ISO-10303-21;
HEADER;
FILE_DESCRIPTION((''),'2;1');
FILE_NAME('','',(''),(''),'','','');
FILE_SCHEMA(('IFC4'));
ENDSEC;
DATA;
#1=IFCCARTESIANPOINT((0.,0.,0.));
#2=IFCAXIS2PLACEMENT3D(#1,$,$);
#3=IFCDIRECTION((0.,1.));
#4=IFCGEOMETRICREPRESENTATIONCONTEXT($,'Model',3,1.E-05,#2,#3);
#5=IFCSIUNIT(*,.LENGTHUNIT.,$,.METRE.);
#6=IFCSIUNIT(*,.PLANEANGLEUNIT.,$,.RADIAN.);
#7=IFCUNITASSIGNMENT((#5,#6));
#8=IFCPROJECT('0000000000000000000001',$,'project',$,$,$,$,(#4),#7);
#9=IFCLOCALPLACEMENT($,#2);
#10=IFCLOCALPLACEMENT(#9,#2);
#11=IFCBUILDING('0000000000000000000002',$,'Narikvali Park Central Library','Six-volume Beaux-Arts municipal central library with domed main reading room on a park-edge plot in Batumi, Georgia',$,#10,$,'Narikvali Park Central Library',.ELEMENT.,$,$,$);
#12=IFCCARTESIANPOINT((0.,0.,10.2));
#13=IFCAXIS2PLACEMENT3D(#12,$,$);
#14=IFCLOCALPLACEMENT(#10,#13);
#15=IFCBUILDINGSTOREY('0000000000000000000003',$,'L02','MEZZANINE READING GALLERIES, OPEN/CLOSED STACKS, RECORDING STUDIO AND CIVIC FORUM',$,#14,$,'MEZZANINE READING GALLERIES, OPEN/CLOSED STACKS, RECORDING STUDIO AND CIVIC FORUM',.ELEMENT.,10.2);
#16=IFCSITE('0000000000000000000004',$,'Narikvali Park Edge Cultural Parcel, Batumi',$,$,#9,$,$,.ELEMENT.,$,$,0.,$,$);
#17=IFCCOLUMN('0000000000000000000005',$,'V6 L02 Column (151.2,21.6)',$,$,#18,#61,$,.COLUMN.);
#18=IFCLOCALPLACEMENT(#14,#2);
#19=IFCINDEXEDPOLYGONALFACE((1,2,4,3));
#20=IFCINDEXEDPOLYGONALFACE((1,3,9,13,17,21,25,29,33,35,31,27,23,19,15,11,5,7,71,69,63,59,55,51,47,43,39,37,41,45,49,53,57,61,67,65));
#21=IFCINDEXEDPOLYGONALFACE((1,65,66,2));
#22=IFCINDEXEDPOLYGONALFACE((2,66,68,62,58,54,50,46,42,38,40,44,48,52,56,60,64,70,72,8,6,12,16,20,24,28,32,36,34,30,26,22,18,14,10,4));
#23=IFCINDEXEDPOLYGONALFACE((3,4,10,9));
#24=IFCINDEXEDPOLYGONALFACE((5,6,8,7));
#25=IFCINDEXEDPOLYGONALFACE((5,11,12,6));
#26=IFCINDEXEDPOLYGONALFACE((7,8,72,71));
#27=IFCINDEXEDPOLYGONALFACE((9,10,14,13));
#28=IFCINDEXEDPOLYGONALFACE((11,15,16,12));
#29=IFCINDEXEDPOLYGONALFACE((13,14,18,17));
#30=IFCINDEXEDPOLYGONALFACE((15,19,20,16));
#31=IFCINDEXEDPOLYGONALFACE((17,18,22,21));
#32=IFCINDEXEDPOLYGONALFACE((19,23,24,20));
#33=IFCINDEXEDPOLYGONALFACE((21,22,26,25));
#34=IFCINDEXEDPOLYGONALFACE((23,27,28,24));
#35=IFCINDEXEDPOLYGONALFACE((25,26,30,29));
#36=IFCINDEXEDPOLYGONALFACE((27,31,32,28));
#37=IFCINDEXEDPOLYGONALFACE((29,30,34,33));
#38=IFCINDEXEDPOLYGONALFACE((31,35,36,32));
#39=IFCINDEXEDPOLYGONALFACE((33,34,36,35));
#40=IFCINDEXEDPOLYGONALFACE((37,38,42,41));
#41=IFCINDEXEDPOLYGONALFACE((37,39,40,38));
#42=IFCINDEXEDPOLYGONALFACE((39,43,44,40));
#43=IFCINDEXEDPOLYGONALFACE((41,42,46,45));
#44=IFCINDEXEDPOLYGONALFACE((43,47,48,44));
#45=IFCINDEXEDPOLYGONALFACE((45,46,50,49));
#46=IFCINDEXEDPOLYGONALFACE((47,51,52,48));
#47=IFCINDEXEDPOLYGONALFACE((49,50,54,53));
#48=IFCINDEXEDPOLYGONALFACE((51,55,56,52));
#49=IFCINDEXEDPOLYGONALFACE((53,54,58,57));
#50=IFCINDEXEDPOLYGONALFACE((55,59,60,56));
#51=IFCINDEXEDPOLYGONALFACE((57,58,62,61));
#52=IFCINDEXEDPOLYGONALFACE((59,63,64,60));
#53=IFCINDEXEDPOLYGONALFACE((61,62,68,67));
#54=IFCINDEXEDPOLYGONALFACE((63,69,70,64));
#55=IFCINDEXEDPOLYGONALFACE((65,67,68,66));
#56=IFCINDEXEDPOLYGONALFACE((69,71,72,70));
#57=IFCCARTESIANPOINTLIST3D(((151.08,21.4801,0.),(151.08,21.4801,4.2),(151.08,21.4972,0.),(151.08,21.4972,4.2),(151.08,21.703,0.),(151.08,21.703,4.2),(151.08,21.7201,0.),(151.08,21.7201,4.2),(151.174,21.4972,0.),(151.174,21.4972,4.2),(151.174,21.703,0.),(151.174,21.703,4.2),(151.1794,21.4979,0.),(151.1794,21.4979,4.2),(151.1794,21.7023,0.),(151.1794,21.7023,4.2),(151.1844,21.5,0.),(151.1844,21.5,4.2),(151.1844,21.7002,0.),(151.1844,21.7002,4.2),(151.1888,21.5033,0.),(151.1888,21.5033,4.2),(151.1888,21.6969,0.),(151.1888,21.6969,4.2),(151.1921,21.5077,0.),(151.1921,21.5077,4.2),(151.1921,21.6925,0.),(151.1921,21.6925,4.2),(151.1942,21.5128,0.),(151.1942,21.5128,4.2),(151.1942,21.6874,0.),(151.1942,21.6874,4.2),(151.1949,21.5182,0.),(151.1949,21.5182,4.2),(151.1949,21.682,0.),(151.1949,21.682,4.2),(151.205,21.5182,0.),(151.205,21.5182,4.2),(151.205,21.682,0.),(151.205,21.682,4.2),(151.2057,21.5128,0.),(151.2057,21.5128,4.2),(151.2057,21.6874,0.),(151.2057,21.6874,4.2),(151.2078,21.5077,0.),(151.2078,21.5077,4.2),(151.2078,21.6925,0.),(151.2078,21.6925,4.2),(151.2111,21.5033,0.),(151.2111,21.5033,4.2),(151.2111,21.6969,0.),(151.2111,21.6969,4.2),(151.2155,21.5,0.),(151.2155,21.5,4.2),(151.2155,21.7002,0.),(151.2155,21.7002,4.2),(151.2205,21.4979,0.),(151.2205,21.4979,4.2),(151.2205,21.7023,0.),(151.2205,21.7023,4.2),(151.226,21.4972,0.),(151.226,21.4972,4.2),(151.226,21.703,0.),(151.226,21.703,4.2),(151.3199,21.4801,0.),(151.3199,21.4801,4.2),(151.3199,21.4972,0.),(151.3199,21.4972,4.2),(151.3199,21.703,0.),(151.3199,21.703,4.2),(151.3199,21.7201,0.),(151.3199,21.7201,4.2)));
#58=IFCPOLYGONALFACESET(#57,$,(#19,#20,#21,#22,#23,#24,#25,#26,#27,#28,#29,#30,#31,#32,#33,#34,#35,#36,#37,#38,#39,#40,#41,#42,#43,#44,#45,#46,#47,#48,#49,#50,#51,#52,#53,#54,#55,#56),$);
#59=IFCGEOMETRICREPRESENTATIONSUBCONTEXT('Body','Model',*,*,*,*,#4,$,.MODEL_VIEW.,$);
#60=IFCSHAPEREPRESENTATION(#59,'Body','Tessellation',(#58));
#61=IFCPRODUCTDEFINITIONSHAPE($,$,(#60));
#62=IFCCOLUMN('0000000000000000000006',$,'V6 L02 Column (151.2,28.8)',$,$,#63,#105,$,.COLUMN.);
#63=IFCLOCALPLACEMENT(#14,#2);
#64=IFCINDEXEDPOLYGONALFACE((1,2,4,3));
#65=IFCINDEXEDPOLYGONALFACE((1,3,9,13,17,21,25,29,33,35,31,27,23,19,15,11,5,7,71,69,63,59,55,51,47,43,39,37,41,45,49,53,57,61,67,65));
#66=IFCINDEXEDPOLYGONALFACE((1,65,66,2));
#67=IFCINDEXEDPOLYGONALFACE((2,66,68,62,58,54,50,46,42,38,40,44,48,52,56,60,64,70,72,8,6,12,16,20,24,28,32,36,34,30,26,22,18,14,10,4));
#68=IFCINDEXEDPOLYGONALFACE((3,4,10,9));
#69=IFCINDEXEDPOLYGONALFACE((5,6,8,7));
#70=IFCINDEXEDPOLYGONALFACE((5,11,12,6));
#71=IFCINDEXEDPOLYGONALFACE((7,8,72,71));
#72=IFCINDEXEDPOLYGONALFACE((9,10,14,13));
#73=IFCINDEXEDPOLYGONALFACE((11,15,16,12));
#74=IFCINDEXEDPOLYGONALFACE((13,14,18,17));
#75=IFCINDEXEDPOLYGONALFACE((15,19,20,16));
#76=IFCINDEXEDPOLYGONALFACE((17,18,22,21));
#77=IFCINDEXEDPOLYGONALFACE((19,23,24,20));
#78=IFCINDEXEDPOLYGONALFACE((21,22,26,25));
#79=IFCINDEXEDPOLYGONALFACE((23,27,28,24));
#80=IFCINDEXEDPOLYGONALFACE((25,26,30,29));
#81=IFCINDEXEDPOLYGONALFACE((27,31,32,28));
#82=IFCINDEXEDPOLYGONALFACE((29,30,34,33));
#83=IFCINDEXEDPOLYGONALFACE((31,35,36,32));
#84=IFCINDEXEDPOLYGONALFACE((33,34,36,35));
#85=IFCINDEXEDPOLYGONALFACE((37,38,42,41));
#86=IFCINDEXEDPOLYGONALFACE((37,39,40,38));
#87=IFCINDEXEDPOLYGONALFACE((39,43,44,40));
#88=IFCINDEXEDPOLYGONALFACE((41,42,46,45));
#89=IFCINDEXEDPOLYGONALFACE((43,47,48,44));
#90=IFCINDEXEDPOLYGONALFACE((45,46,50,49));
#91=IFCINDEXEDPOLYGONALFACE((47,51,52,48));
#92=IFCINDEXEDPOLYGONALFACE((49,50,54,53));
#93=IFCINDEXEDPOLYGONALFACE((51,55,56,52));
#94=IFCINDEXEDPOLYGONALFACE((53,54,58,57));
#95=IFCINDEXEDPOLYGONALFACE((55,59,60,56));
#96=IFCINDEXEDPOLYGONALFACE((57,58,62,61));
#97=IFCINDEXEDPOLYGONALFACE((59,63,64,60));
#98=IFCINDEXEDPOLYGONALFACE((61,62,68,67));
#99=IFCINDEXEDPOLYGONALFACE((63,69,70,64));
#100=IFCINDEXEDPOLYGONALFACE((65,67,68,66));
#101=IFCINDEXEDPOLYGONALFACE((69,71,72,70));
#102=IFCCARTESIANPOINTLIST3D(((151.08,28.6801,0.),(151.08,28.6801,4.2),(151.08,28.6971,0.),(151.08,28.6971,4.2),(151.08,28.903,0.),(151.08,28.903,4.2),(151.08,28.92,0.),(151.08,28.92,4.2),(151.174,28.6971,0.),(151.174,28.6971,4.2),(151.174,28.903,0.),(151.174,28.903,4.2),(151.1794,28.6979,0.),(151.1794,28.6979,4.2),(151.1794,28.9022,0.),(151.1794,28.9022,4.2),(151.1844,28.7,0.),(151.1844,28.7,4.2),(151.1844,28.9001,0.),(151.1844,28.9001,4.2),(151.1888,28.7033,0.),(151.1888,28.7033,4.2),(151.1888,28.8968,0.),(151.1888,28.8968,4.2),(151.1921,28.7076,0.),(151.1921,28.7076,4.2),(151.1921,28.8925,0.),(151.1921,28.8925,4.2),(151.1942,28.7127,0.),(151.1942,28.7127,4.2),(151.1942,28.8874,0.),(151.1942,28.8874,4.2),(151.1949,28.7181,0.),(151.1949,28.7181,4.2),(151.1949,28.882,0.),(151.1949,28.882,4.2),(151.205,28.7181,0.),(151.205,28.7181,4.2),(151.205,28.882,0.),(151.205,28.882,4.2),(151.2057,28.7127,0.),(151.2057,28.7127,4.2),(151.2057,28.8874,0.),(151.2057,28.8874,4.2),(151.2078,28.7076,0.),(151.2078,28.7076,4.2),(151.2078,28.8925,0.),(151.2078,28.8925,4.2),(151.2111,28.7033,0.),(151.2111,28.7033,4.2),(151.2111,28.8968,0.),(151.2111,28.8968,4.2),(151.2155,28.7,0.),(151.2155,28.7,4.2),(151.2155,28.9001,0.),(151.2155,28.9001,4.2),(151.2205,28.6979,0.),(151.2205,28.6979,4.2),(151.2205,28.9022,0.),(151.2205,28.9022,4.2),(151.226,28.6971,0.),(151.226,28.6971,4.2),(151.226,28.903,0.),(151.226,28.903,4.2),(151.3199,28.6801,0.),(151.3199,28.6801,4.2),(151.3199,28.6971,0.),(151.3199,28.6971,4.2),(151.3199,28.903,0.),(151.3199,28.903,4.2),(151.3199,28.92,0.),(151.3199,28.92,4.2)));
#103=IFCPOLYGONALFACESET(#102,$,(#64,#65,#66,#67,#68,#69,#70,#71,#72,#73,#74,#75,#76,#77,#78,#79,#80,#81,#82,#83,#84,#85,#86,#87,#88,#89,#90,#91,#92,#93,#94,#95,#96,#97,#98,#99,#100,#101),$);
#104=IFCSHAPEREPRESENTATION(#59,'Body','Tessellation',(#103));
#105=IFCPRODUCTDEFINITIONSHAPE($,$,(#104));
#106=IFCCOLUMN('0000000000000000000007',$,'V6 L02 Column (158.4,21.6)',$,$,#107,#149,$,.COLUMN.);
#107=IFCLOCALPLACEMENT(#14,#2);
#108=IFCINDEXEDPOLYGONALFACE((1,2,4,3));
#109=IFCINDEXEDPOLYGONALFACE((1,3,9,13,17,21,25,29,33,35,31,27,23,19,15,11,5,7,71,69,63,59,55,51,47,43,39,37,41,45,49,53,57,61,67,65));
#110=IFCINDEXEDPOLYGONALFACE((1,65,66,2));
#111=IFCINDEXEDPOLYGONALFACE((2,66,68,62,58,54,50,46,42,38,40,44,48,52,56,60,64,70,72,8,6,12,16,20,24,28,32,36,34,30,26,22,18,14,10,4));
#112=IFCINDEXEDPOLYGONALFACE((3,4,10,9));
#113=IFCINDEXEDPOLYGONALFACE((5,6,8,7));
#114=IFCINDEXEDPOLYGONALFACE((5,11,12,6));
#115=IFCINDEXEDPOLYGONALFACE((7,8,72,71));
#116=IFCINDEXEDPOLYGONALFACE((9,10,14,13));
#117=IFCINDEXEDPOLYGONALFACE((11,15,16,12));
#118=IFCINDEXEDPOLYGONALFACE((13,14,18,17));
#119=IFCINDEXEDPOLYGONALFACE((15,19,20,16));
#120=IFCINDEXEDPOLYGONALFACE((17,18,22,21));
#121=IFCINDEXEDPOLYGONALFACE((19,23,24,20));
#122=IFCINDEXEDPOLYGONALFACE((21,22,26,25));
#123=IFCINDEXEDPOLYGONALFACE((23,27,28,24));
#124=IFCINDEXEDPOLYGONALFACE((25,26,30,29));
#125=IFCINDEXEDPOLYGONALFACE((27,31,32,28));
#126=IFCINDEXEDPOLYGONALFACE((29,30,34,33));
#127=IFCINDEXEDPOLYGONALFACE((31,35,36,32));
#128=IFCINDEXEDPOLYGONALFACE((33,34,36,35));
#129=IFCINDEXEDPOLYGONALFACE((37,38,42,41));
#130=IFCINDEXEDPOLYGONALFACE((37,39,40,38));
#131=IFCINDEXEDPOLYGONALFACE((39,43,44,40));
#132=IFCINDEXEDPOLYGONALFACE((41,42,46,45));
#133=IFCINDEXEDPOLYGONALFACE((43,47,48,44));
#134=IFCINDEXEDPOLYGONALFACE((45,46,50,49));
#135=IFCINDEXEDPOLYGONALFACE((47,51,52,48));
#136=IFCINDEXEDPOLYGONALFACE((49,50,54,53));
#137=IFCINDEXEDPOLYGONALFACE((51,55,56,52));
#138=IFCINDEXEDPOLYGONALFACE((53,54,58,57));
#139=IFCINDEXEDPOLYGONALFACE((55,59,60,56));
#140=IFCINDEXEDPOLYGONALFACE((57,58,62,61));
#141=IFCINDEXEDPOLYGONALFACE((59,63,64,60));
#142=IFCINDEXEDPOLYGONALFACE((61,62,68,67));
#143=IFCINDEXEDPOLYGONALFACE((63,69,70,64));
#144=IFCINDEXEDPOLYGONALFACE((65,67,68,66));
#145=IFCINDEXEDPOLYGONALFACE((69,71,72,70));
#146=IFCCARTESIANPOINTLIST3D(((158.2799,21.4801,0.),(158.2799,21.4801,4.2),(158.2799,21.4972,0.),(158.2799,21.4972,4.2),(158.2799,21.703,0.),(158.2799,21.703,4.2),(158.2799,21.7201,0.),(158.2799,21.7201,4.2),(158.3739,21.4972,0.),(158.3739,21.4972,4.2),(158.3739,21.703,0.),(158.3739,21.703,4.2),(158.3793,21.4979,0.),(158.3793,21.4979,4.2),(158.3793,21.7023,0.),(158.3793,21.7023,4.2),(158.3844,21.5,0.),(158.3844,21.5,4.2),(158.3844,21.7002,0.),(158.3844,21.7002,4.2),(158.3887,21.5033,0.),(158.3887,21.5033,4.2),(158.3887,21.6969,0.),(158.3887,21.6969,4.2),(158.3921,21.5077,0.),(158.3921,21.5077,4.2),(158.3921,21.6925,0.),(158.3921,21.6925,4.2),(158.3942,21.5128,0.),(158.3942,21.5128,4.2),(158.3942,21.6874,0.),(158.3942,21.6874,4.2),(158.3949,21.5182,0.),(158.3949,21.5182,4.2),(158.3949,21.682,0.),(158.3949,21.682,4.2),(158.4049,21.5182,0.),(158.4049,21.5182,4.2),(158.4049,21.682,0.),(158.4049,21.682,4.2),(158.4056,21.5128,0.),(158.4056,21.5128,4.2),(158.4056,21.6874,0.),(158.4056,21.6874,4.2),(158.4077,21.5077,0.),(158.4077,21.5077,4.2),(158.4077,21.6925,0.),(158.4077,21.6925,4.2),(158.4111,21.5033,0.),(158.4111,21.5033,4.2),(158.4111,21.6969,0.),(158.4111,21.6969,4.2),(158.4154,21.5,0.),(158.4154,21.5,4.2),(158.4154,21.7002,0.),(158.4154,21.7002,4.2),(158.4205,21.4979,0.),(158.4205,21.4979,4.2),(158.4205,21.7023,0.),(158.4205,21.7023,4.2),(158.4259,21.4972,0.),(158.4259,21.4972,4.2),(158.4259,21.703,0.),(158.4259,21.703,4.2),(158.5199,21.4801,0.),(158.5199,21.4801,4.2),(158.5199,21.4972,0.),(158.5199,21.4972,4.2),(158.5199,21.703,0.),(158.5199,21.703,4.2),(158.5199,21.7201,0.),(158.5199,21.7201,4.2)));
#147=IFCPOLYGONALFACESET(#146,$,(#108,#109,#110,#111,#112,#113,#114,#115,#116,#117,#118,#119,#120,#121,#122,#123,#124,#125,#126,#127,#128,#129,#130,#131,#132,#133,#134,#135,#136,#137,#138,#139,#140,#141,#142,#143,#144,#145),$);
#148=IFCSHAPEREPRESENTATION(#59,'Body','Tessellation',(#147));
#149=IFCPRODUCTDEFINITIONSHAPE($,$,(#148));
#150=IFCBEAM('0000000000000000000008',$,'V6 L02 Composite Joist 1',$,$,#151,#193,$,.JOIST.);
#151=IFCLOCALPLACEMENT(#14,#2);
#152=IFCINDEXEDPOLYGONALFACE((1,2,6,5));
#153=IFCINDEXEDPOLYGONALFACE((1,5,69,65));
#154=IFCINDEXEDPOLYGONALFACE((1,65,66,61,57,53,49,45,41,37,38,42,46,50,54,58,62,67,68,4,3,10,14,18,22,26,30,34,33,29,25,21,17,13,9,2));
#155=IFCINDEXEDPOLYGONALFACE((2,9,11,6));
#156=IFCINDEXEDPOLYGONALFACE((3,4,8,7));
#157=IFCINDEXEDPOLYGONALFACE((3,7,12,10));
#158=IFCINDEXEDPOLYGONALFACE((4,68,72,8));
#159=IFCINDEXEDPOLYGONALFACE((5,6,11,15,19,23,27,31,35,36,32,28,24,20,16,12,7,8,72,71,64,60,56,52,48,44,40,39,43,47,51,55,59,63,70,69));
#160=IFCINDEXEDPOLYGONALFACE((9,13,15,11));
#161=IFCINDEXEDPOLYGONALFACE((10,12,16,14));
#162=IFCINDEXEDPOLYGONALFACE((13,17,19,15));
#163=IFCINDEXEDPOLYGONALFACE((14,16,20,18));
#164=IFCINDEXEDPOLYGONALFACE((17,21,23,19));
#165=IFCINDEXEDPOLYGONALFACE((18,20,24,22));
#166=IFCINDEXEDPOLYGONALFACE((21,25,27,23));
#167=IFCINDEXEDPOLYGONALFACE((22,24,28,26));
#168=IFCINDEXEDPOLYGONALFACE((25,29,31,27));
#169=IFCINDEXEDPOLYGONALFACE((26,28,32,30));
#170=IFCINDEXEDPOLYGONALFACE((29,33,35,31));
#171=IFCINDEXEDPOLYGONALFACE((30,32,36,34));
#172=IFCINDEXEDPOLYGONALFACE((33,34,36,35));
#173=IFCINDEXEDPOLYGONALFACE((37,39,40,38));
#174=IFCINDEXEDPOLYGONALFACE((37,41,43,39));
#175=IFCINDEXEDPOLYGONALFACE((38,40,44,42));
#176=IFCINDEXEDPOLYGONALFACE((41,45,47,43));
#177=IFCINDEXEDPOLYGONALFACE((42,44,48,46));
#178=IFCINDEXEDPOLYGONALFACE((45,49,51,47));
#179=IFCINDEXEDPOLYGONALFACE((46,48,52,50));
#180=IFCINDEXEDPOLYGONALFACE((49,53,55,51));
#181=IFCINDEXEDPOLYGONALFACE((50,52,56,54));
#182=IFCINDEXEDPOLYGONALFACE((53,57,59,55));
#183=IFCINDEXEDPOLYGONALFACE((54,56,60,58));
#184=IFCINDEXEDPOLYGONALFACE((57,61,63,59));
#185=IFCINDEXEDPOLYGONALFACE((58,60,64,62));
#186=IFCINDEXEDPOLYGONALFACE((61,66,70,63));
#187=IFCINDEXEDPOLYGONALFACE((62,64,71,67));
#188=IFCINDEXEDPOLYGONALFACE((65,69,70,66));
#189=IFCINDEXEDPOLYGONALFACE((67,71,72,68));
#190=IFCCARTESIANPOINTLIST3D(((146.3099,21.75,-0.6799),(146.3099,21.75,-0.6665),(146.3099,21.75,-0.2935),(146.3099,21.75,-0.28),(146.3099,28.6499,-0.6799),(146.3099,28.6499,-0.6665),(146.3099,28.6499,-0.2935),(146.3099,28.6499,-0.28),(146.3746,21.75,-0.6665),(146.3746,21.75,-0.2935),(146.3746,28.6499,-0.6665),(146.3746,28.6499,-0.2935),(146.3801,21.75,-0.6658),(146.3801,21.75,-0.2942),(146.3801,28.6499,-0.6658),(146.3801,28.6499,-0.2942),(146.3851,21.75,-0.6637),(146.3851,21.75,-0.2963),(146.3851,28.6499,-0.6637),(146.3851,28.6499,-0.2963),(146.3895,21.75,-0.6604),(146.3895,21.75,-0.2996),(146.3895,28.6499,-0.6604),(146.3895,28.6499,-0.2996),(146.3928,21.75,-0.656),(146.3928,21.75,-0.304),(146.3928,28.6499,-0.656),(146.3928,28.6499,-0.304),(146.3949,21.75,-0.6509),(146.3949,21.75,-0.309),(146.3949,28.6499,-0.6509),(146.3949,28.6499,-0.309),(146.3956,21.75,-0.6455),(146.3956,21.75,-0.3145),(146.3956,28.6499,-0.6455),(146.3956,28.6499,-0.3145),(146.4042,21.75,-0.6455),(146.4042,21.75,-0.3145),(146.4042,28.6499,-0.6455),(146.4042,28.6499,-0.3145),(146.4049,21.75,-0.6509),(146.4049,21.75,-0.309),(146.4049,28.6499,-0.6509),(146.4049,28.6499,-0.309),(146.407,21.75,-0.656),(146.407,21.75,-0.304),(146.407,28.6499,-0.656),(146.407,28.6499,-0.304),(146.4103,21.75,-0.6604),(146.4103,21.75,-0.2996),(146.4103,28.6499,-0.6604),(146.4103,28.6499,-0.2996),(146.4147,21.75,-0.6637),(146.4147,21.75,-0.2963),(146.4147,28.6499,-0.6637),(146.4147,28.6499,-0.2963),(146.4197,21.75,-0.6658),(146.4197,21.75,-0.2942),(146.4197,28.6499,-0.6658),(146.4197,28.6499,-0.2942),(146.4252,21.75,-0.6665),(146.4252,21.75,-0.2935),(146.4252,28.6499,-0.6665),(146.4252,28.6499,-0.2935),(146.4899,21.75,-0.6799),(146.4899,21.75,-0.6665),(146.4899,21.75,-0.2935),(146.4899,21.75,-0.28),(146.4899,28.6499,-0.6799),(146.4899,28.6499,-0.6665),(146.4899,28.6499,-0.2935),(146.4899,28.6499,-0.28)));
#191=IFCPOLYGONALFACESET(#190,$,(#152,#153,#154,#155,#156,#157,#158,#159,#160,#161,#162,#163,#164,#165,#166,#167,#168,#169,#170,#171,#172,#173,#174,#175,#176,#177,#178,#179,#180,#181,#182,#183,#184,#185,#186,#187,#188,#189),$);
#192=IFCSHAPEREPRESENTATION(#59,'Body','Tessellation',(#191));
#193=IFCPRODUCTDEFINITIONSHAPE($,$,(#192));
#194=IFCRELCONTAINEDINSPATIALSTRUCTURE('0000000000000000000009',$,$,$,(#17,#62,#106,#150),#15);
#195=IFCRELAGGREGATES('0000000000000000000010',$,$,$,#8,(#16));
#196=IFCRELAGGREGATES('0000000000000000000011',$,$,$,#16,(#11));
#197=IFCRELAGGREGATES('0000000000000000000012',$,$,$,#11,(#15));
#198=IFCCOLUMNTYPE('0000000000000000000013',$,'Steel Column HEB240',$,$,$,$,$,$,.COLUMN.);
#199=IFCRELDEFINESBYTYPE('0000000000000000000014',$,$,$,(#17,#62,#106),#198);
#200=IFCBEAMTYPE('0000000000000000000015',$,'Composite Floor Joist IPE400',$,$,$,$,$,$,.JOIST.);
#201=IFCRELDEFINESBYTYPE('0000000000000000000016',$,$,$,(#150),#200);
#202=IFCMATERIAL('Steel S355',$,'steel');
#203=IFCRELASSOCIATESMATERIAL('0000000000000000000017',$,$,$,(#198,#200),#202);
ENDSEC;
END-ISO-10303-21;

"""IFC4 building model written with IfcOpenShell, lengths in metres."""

from ifc_helpers import new_model, si_unit, direction, frame, origin, origin_2d, place, context, subcontext, project, spatial, i_section, extrude, material, material_profile, profile_set, type_object, element, save


model = new_model("IFC4")

# Units and contexts
model_context = context("Model", 3, precision=1e-05, world=origin(), true_north=direction((0.0, 1.0)))
body_context = subcontext(model_context, "Body", "Model", "MODEL_VIEW")
ifc_project = project(units=[si_unit("LENGTHUNIT", "METRE"), si_unit("PLANEANGLEUNIT", "RADIAN")], contexts=[model_context])

# Site, building, storey
site_placement = place(None, origin())
site = spatial("IfcSite", under=ifc_project, at=site_placement, Name="Narikvali Park Edge Cultural Parcel, Batumi", CompositionType="ELEMENT", RefElevation=0.0)
building_placement = place(site_placement, origin())
building = spatial("IfcBuilding", under=site, at=building_placement, Name="Narikvali Park Central Library", Description="Six-volume Beaux-Arts municipal central library with domed main reading room on a park-edge plot in Batumi, Georgia", LongName="Narikvali Park Central Library", CompositionType="ELEMENT")
storey_placement = place(building_placement, frame((0.0, 0.0, 10.2)))
storey = spatial("IfcBuildingStorey", under=building, at=storey_placement, Name="L02", Description="MEZZANINE READING GALLERIES, OPEN/CLOSED STACKS, RECORDING STUDIO AND CIVIC FORUM", LongName="MEZZANINE READING GALLERIES, OPEN/CLOSED STACKS, RECORDING STUDIO AND CIVIC FORUM", CompositionType="ELEMENT", Elevation=10.2)

# Columns
ifc_material_1 = material(Name="Steel S355", Category="steel")
ifc_material_profile_1 = material_profile(ifc_material_1, i_section(OverallWidth=0.24, OverallDepth=0.24, WebThickness=0.01, FlangeThickness=0.0171, FilletRadius=0.021, at=origin_2d()), Name="HEB 240")
ifc_profile_set_1 = profile_set([ifc_material_profile_1], Name="Steel S355")
column_type = type_object("IfcColumnType", Name="Steel Column HEB240", PredefinedType="COLUMN", material=ifc_profile_set_1)
for number, where, z_axis, x_axis, name in (
    (1, (151.2, 21.6001, 0.0), (0.0, 0.0, 1.0), (1.0, 0.0, 0.0), "V6 L02 Column (151.2,21.6)"),
    (2, (151.2, 28.8, 0.0), (0.0, 0.0, 1.0), (1.0, 0.0, 0.0), "V6 L02 Column (151.2,28.8)"),
    (3, (158.3999, 21.6001, 0.0), (0.0, 0.0, 1.0), (1.0, 0.0, 0.0), "V6 L02 Column (158.4,21.6)"),
):
    element("IfcColumn", number, at=place(storey_placement, frame(where, z_axis=z_axis, x_axis=x_axis)), inside=storey, type_object=column_type, Name=name, PredefinedType="COLUMN", context=body_context, shape_type="SweptSolid", body=[
        extrude(i_section(OverallWidth=0.24, OverallDepth=0.24, WebThickness=0.01, FlangeThickness=0.0171, FilletRadius=0.021, at=origin_2d()), origin(), (0.0, 0.0, 1.0), 4.2),
    ])

# Beam
ifc_material_profile_2 = material_profile(ifc_material_1, i_section(OverallWidth=0.1799, OverallDepth=0.3999, WebThickness=0.0085, FlangeThickness=0.0134, FilletRadius=0.021, at=origin_2d()), Name="IPE 400")
ifc_profile_set_2 = profile_set([ifc_material_profile_2], Name="Steel S355")
beam_type_1 = type_object("IfcBeamType", Name="Composite Floor Joist IPE400", PredefinedType="JOIST", material=ifc_profile_set_2)
for number, where, z_axis, x_axis, name in (
    (4, (146.3999, 21.75, -0.48), (0.0, 1.0, 0.0), (-1.0, 0.0, 0.0), "V6 L02 Composite Joist 1"),
):
    element("IfcBeam", number, at=place(storey_placement, frame(where, z_axis=z_axis, x_axis=x_axis)), inside=storey, type_object=beam_type_1, Name=name, PredefinedType="JOIST", context=body_context, shape_type="SweptSolid", body=[
        extrude(i_section(OverallWidth=0.1799, OverallDepth=0.3999, WebThickness=0.0085, FlangeThickness=0.0134, FilletRadius=0.021, at=origin_2d()), origin(), (0.0, 0.0, 1.0), 6.8999),
    ])

save(model, "model.ifc")
